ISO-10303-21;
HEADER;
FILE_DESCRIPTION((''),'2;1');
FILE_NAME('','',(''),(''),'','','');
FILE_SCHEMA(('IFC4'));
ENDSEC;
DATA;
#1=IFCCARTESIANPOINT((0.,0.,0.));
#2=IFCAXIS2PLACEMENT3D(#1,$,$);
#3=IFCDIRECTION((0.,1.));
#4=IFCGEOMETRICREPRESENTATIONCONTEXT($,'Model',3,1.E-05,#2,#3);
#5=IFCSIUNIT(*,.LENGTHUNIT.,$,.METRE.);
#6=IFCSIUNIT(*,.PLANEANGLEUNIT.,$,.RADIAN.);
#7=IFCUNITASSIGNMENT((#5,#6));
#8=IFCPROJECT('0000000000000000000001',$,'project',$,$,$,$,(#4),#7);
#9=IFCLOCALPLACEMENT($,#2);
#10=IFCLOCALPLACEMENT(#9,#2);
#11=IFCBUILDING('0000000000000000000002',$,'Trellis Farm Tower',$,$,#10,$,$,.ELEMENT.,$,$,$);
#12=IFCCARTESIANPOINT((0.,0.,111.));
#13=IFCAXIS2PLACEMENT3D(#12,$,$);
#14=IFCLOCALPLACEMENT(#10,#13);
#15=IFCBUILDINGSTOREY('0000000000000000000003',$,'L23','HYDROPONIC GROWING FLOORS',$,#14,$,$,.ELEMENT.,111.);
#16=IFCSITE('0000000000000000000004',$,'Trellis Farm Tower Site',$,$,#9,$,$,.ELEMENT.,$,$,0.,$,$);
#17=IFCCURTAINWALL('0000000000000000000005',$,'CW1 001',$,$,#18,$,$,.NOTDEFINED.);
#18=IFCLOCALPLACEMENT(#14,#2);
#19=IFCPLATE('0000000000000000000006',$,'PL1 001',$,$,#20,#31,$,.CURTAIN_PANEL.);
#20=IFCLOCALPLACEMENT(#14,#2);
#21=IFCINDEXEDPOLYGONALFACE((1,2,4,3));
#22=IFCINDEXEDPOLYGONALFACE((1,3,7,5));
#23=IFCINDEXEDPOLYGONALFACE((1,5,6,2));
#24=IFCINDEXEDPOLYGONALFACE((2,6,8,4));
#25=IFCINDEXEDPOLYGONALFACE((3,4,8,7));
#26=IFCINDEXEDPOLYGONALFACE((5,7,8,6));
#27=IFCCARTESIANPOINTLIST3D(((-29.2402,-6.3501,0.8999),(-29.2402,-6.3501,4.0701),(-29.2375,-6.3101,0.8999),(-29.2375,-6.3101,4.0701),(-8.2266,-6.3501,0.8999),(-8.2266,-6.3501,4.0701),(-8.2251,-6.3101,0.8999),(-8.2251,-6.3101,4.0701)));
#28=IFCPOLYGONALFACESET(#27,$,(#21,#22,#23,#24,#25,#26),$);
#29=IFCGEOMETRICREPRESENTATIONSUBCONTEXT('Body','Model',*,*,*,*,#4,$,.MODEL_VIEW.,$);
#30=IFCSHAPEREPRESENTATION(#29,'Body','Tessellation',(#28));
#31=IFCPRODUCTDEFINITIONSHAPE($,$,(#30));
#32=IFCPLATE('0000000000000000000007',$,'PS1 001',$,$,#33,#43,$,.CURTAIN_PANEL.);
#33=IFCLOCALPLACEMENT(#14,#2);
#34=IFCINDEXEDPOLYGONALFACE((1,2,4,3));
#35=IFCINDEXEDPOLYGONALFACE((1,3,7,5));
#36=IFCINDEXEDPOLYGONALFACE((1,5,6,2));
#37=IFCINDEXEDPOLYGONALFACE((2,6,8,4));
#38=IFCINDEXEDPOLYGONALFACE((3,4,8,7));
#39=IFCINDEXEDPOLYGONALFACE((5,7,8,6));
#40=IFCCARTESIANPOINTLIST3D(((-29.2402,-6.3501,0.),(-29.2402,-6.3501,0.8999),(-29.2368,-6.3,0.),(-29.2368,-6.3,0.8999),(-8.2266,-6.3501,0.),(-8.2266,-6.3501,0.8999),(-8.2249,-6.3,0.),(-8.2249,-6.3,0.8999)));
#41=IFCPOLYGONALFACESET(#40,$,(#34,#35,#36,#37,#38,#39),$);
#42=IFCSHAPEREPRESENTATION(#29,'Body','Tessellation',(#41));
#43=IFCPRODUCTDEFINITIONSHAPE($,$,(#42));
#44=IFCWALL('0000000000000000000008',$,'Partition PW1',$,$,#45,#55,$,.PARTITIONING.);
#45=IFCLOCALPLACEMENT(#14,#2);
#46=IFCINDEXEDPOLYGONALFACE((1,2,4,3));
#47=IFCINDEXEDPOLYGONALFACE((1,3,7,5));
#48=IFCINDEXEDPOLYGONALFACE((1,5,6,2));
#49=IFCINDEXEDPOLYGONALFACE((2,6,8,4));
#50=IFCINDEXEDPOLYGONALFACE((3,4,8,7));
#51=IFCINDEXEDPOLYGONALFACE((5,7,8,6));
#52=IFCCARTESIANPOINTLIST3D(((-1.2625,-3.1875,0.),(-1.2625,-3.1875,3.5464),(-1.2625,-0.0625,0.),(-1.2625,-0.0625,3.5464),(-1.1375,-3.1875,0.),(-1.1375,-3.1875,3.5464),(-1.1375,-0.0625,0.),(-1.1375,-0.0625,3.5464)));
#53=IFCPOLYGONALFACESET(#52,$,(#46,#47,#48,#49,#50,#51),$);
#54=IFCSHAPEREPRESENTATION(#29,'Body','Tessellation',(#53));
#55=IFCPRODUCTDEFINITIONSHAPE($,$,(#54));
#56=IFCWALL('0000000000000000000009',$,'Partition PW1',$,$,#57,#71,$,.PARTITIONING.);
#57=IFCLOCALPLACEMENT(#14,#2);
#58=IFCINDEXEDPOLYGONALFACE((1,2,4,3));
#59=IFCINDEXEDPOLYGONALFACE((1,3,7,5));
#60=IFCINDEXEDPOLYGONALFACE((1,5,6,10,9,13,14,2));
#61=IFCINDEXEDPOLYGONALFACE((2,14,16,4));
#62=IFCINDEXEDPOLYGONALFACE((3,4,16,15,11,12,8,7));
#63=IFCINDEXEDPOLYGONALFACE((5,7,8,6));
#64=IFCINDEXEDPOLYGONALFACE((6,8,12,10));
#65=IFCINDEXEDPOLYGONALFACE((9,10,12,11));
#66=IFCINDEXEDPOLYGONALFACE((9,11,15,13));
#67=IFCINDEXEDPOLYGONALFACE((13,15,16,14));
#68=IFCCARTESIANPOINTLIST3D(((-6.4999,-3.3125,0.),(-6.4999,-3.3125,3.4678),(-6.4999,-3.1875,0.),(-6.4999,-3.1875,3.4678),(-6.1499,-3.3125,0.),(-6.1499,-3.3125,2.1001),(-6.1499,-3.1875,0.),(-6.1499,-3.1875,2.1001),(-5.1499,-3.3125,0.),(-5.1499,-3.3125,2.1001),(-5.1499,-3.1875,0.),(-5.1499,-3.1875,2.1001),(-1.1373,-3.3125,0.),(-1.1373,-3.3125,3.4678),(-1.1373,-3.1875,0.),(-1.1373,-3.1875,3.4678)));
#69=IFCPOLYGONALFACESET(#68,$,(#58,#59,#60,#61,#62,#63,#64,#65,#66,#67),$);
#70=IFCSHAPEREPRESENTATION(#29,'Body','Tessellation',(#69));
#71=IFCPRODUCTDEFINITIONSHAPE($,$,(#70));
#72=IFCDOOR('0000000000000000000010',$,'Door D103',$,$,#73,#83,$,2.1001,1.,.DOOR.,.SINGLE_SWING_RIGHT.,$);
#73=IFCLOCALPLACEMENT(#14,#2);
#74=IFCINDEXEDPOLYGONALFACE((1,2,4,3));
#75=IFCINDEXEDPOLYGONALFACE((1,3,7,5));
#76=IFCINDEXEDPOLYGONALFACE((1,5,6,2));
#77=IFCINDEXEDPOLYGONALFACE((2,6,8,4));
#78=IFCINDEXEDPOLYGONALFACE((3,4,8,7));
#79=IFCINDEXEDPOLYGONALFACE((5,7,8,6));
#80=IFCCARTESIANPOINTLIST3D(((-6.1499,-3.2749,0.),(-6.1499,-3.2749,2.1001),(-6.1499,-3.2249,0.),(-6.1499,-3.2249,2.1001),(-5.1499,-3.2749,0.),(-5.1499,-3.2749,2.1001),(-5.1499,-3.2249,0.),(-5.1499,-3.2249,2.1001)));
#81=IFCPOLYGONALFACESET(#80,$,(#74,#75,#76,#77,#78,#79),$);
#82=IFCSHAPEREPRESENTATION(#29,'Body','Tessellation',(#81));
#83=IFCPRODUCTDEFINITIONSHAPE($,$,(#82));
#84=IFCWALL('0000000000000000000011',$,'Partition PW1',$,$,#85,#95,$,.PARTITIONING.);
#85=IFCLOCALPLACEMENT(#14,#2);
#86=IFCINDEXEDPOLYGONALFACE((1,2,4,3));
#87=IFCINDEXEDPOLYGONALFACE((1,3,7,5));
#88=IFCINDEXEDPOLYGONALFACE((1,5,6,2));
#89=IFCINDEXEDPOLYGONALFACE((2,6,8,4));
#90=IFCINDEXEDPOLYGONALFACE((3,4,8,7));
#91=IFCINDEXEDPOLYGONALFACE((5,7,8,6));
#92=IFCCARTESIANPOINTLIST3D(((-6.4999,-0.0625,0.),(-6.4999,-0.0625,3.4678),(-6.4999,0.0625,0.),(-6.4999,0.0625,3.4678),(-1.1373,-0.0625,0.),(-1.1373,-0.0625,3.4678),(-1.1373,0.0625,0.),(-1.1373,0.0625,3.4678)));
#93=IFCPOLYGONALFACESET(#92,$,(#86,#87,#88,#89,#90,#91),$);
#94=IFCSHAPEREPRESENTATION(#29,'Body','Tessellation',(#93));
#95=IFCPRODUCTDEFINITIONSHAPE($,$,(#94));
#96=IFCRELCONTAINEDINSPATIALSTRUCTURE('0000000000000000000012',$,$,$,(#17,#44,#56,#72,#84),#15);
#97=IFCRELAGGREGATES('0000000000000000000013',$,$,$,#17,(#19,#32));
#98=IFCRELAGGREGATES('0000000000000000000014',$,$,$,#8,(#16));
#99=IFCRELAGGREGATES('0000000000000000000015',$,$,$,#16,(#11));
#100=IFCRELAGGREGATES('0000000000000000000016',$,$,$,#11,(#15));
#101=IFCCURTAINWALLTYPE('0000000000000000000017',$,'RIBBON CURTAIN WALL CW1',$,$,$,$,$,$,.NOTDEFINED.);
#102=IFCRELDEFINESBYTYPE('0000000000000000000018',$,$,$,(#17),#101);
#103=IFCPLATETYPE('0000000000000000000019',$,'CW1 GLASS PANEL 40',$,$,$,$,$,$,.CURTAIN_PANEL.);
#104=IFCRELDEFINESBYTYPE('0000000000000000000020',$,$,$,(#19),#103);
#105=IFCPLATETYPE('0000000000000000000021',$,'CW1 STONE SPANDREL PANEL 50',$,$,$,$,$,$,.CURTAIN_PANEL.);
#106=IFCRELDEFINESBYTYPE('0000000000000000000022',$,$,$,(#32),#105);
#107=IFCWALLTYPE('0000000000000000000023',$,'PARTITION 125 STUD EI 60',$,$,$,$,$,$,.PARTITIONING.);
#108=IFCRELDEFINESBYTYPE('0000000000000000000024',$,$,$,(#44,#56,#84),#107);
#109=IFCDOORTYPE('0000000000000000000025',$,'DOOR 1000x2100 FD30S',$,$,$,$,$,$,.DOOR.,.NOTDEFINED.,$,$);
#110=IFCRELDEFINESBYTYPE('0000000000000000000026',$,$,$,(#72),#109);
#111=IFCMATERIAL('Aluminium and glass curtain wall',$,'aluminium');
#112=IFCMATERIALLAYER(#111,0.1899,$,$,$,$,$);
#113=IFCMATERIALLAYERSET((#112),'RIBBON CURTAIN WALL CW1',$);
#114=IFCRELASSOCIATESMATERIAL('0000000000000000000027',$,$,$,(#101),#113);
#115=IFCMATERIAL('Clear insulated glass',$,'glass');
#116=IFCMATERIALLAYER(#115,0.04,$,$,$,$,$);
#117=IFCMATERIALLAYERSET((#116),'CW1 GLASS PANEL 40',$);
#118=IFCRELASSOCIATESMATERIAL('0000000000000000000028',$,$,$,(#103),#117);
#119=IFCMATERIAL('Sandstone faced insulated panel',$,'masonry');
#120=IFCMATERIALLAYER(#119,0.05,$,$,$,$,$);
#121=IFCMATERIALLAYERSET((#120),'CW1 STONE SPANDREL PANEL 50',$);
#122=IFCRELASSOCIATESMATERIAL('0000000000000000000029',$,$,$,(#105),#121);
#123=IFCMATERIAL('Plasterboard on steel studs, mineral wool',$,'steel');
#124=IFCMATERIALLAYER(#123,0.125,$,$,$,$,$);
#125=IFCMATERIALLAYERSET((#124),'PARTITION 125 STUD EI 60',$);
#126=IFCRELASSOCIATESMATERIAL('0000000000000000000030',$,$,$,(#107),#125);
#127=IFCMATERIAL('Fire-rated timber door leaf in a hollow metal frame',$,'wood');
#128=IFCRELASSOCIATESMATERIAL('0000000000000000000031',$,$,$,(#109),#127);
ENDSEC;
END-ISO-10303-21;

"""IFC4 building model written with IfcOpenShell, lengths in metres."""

from ifc_helpers import new_model, si_unit, direction, frame, frame_2d, origin, place, context, subcontext, project, spatial, polyline, rectangle, outline, extrude, source, transform, mapped, material, layer, layer_set, type_object, element, fill, aggregate, save


model = new_model("IFC4")

# Units and contexts
model_context = context("Model", 3, precision=1e-05, world=origin(), true_north=direction((0.0, 1.0)))
body_context = subcontext(model_context, "Body", "Model", "MODEL_VIEW")
ifc_project = project(units=[si_unit("LENGTHUNIT", "METRE"), si_unit("PLANEANGLEUNIT", "RADIAN")], contexts=[model_context])

# Site, building, storey
site_placement = place(None, origin())
site = spatial("IfcSite", under=ifc_project, at=site_placement, Name="Trellis Farm Tower Site", CompositionType="ELEMENT", RefElevation=0.0)
building_placement = place(site_placement, origin())
building = spatial("IfcBuilding", under=site, at=building_placement, Name="Trellis Farm Tower", CompositionType="ELEMENT")
storey_placement = place(building_placement, frame((0.0, 0.0, 111.0)))
storey = spatial("IfcBuildingStorey", under=building, at=storey_placement, Name="L23", Description="HYDROPONIC GROWING FLOORS", CompositionType="ELEMENT", Elevation=111.0)

# Curtain wall
ifc_material_1 = material(Name="Aluminium and glass curtain wall", Category="aluminium")
ifc_layer_1 = layer(ifc_material_1, 0.1899)
ifc_layer_set_1 = layer_set([ifc_layer_1], Name="RIBBON CURTAIN WALL CW1")
curtain_wall_type = type_object("IfcCurtainWallType", Name="RIBBON CURTAIN WALL CW1", PredefinedType="NOTDEFINED", material=ifc_layer_set_1)
placement_1 = place(storey_placement, origin())
curtain_wall = element("IfcCurtainWall", 1, at=placement_1, inside=storey, type_object=curtain_wall_type, Name="CW1 001", PredefinedType="NOTDEFINED")

# Plates
ifc_material_2 = material(Name="Clear insulated glass", Category="glass")
ifc_layer_2 = layer(ifc_material_2, 0.04)
ifc_layer_set_2 = layer_set([ifc_layer_2], Name="CW1 GLASS PANEL 40")
plate_type_1 = type_object("IfcPlateType", Name="CW1 GLASS PANEL 40", PredefinedType="CURTAIN_PANEL", material=ifc_layer_set_2)
shared_shape_1 = source(origin(), body_context, "Body", "SweptSolid", [
    extrude(outline(polyline([(-29.2402, -6.3501), (-8.2266, -6.3501), (-8.2251, -6.3101), (-29.2375, -6.3101), (-29.2402, -6.3501)])), origin(), (0.0, 0.0, 1.0), 3.1702),
])
plate_1_placement = place(storey_placement, frame((0.0, 0.0, 0.8999)))
plate_1 = element("IfcPlate", 2, at=plate_1_placement, type_object=plate_type_1, Name="PL1 001", PredefinedType="CURTAIN_PANEL", context=body_context, shape_type="MappedRepresentation", body=[
    mapped(shared_shape_1, transform((0.0, 0.0, 0.0))),
])
ifc_material_3 = material(Name="Sandstone faced insulated panel", Category="masonry")
ifc_layer_3 = layer(ifc_material_3, 0.05)
ifc_layer_set_3 = layer_set([ifc_layer_3], Name="CW1 STONE SPANDREL PANEL 50")
plate_type_2 = type_object("IfcPlateType", Name="CW1 STONE SPANDREL PANEL 50", PredefinedType="CURTAIN_PANEL", material=ifc_layer_set_3)
shared_shape_2 = source(origin(), body_context, "Body", "SweptSolid", [
    extrude(outline(polyline([(-29.2402, -6.3501), (-8.2266, -6.3501), (-8.2249, -6.3), (-29.2368, -6.3), (-29.2402, -6.3501)])), origin(), (0.0, 0.0, 1.0), 0.8999),
])
plate_2 = element("IfcPlate", 3, at=placement_1, type_object=plate_type_2, Name="PS1 001", PredefinedType="CURTAIN_PANEL", context=body_context, shape_type="MappedRepresentation", body=[
    mapped(shared_shape_2, transform((0.0, 0.0, 0.0))),
])
aggregate(curtain_wall, [plate_1, plate_2])

# Wall
ifc_material_4 = material(Name="Plasterboard on steel studs, mineral wool", Category="steel")
ifc_layer_4 = layer(ifc_material_4, 0.125)
ifc_layer_set_4 = layer_set([ifc_layer_4], Name="PARTITION 125 STUD EI 60")
wall_type = type_object("IfcWallType", Name="PARTITION 125 STUD EI 60", PredefinedType="PARTITIONING", material=ifc_layer_set_4)
shared_shape_3 = source(origin(), body_context, "Body", "SweptSolid", [
    extrude(rectangle(XDim=3.125, YDim=0.125, at=frame_2d((1.5625, 0.0))), origin(), (0.0, 0.0, 1.0), 3.5464),
])
wall_1_placement = place(storey_placement, frame((-1.2, -0.0625, 0.0), z_axis=(0.0, 0.0, 1.0), x_axis=(0.0, -1.0, 0.0)))
element("IfcWall", 4, at=wall_1_placement, inside=storey, type_object=wall_type, Name="Partition PW1", PredefinedType="PARTITIONING", context=body_context, shape_type="MappedRepresentation", body=[
    mapped(shared_shape_3, transform((0.0, 0.0, 0.0))),
])

# Wall, opening, door
shared_shape_4 = source(origin(), body_context, "Body", "SweptSolid", [
    extrude(rectangle(XDim=5.3625, YDim=0.125, at=frame_2d((2.6812, 0.0))), origin(), (0.0, 0.0, 1.0), 3.4678),
])
wall_2_placement = place(storey_placement, frame((-1.1375, -3.25, 0.0), z_axis=(0.0, 0.0, 1.0), x_axis=(-1.0, 0.0, 0.0)))
wall_2 = element("IfcWall", 5, at=wall_2_placement, inside=storey, type_object=wall_type, Name="Partition PW1", PredefinedType="PARTITIONING", context=body_context, shape_type="MappedRepresentation", body=[
    mapped(shared_shape_4, transform((0.0, 0.0, 0.0))),
])
shared_shape_5 = source(origin(), body_context, "Body", "SweptSolid", [
    extrude(rectangle(XDim=1.0, YDim=2.1001, at=frame_2d((0.5, 1.05))), frame((0.0, 0.0725, 0.0), z_axis=(0.0, -1.0, 0.0), x_axis=(1.0, 0.0, 0.0)), (0.0, 0.0, 1.0), 0.145),
])
opening_placement = place(wall_2_placement, frame((4.0125, 0.0, 0.0)))
opening = element("IfcOpeningElement", 6, at=opening_placement, cuts=wall_2, PredefinedType="OPENING", context=body_context, shape_type="MappedRepresentation", body=[
    mapped(shared_shape_5, transform((0.0, 0.0, 0.0))),
])
ifc_material_5 = material(Name="Fire-rated timber door leaf in a hollow metal frame", Category="wood")
door_type = type_object("IfcDoorType", Name="DOOR 1000x2100 FD30S", OperationType="NOTDEFINED", PredefinedType="DOOR", material=ifc_material_5)
shared_shape_6 = source(origin(), body_context, "Body", "SweptSolid", [
    extrude(rectangle(XDim=1.0, YDim=2.1001, at=frame_2d((0.5, 1.05))), frame((0.0, 0.0249, 0.0), z_axis=(0.0, -1.0, 0.0), x_axis=(1.0, 0.0, 0.0)), (0.0, 0.0, 1.0), 0.05),
])
door_placement = place(opening_placement, origin())
door = element("IfcDoor", 7, at=door_placement, inside=storey, type_object=door_type, Name="Door D103", OperationType="SINGLE_SWING_RIGHT", OverallHeight=2.1001, OverallWidth=1.0, PredefinedType="DOOR", context=body_context, shape_type="MappedRepresentation", body=[
    mapped(shared_shape_6, transform((0.0, 0.0, 0.0))),
])
fill(opening, door)

# Wall
wall_3_placement = place(storey_placement, frame((-1.1375, 0.0, 0.0), z_axis=(0.0, 0.0, 1.0), x_axis=(-1.0, 0.0, 0.0)))
element("IfcWall", 8, at=wall_3_placement, inside=storey, type_object=wall_type, Name="Partition PW1", PredefinedType="PARTITIONING", context=body_context, shape_type="MappedRepresentation", body=[
    mapped(shared_shape_4, transform((0.0, 0.0, 0.0))),
])

save(model, "model.ifc")
